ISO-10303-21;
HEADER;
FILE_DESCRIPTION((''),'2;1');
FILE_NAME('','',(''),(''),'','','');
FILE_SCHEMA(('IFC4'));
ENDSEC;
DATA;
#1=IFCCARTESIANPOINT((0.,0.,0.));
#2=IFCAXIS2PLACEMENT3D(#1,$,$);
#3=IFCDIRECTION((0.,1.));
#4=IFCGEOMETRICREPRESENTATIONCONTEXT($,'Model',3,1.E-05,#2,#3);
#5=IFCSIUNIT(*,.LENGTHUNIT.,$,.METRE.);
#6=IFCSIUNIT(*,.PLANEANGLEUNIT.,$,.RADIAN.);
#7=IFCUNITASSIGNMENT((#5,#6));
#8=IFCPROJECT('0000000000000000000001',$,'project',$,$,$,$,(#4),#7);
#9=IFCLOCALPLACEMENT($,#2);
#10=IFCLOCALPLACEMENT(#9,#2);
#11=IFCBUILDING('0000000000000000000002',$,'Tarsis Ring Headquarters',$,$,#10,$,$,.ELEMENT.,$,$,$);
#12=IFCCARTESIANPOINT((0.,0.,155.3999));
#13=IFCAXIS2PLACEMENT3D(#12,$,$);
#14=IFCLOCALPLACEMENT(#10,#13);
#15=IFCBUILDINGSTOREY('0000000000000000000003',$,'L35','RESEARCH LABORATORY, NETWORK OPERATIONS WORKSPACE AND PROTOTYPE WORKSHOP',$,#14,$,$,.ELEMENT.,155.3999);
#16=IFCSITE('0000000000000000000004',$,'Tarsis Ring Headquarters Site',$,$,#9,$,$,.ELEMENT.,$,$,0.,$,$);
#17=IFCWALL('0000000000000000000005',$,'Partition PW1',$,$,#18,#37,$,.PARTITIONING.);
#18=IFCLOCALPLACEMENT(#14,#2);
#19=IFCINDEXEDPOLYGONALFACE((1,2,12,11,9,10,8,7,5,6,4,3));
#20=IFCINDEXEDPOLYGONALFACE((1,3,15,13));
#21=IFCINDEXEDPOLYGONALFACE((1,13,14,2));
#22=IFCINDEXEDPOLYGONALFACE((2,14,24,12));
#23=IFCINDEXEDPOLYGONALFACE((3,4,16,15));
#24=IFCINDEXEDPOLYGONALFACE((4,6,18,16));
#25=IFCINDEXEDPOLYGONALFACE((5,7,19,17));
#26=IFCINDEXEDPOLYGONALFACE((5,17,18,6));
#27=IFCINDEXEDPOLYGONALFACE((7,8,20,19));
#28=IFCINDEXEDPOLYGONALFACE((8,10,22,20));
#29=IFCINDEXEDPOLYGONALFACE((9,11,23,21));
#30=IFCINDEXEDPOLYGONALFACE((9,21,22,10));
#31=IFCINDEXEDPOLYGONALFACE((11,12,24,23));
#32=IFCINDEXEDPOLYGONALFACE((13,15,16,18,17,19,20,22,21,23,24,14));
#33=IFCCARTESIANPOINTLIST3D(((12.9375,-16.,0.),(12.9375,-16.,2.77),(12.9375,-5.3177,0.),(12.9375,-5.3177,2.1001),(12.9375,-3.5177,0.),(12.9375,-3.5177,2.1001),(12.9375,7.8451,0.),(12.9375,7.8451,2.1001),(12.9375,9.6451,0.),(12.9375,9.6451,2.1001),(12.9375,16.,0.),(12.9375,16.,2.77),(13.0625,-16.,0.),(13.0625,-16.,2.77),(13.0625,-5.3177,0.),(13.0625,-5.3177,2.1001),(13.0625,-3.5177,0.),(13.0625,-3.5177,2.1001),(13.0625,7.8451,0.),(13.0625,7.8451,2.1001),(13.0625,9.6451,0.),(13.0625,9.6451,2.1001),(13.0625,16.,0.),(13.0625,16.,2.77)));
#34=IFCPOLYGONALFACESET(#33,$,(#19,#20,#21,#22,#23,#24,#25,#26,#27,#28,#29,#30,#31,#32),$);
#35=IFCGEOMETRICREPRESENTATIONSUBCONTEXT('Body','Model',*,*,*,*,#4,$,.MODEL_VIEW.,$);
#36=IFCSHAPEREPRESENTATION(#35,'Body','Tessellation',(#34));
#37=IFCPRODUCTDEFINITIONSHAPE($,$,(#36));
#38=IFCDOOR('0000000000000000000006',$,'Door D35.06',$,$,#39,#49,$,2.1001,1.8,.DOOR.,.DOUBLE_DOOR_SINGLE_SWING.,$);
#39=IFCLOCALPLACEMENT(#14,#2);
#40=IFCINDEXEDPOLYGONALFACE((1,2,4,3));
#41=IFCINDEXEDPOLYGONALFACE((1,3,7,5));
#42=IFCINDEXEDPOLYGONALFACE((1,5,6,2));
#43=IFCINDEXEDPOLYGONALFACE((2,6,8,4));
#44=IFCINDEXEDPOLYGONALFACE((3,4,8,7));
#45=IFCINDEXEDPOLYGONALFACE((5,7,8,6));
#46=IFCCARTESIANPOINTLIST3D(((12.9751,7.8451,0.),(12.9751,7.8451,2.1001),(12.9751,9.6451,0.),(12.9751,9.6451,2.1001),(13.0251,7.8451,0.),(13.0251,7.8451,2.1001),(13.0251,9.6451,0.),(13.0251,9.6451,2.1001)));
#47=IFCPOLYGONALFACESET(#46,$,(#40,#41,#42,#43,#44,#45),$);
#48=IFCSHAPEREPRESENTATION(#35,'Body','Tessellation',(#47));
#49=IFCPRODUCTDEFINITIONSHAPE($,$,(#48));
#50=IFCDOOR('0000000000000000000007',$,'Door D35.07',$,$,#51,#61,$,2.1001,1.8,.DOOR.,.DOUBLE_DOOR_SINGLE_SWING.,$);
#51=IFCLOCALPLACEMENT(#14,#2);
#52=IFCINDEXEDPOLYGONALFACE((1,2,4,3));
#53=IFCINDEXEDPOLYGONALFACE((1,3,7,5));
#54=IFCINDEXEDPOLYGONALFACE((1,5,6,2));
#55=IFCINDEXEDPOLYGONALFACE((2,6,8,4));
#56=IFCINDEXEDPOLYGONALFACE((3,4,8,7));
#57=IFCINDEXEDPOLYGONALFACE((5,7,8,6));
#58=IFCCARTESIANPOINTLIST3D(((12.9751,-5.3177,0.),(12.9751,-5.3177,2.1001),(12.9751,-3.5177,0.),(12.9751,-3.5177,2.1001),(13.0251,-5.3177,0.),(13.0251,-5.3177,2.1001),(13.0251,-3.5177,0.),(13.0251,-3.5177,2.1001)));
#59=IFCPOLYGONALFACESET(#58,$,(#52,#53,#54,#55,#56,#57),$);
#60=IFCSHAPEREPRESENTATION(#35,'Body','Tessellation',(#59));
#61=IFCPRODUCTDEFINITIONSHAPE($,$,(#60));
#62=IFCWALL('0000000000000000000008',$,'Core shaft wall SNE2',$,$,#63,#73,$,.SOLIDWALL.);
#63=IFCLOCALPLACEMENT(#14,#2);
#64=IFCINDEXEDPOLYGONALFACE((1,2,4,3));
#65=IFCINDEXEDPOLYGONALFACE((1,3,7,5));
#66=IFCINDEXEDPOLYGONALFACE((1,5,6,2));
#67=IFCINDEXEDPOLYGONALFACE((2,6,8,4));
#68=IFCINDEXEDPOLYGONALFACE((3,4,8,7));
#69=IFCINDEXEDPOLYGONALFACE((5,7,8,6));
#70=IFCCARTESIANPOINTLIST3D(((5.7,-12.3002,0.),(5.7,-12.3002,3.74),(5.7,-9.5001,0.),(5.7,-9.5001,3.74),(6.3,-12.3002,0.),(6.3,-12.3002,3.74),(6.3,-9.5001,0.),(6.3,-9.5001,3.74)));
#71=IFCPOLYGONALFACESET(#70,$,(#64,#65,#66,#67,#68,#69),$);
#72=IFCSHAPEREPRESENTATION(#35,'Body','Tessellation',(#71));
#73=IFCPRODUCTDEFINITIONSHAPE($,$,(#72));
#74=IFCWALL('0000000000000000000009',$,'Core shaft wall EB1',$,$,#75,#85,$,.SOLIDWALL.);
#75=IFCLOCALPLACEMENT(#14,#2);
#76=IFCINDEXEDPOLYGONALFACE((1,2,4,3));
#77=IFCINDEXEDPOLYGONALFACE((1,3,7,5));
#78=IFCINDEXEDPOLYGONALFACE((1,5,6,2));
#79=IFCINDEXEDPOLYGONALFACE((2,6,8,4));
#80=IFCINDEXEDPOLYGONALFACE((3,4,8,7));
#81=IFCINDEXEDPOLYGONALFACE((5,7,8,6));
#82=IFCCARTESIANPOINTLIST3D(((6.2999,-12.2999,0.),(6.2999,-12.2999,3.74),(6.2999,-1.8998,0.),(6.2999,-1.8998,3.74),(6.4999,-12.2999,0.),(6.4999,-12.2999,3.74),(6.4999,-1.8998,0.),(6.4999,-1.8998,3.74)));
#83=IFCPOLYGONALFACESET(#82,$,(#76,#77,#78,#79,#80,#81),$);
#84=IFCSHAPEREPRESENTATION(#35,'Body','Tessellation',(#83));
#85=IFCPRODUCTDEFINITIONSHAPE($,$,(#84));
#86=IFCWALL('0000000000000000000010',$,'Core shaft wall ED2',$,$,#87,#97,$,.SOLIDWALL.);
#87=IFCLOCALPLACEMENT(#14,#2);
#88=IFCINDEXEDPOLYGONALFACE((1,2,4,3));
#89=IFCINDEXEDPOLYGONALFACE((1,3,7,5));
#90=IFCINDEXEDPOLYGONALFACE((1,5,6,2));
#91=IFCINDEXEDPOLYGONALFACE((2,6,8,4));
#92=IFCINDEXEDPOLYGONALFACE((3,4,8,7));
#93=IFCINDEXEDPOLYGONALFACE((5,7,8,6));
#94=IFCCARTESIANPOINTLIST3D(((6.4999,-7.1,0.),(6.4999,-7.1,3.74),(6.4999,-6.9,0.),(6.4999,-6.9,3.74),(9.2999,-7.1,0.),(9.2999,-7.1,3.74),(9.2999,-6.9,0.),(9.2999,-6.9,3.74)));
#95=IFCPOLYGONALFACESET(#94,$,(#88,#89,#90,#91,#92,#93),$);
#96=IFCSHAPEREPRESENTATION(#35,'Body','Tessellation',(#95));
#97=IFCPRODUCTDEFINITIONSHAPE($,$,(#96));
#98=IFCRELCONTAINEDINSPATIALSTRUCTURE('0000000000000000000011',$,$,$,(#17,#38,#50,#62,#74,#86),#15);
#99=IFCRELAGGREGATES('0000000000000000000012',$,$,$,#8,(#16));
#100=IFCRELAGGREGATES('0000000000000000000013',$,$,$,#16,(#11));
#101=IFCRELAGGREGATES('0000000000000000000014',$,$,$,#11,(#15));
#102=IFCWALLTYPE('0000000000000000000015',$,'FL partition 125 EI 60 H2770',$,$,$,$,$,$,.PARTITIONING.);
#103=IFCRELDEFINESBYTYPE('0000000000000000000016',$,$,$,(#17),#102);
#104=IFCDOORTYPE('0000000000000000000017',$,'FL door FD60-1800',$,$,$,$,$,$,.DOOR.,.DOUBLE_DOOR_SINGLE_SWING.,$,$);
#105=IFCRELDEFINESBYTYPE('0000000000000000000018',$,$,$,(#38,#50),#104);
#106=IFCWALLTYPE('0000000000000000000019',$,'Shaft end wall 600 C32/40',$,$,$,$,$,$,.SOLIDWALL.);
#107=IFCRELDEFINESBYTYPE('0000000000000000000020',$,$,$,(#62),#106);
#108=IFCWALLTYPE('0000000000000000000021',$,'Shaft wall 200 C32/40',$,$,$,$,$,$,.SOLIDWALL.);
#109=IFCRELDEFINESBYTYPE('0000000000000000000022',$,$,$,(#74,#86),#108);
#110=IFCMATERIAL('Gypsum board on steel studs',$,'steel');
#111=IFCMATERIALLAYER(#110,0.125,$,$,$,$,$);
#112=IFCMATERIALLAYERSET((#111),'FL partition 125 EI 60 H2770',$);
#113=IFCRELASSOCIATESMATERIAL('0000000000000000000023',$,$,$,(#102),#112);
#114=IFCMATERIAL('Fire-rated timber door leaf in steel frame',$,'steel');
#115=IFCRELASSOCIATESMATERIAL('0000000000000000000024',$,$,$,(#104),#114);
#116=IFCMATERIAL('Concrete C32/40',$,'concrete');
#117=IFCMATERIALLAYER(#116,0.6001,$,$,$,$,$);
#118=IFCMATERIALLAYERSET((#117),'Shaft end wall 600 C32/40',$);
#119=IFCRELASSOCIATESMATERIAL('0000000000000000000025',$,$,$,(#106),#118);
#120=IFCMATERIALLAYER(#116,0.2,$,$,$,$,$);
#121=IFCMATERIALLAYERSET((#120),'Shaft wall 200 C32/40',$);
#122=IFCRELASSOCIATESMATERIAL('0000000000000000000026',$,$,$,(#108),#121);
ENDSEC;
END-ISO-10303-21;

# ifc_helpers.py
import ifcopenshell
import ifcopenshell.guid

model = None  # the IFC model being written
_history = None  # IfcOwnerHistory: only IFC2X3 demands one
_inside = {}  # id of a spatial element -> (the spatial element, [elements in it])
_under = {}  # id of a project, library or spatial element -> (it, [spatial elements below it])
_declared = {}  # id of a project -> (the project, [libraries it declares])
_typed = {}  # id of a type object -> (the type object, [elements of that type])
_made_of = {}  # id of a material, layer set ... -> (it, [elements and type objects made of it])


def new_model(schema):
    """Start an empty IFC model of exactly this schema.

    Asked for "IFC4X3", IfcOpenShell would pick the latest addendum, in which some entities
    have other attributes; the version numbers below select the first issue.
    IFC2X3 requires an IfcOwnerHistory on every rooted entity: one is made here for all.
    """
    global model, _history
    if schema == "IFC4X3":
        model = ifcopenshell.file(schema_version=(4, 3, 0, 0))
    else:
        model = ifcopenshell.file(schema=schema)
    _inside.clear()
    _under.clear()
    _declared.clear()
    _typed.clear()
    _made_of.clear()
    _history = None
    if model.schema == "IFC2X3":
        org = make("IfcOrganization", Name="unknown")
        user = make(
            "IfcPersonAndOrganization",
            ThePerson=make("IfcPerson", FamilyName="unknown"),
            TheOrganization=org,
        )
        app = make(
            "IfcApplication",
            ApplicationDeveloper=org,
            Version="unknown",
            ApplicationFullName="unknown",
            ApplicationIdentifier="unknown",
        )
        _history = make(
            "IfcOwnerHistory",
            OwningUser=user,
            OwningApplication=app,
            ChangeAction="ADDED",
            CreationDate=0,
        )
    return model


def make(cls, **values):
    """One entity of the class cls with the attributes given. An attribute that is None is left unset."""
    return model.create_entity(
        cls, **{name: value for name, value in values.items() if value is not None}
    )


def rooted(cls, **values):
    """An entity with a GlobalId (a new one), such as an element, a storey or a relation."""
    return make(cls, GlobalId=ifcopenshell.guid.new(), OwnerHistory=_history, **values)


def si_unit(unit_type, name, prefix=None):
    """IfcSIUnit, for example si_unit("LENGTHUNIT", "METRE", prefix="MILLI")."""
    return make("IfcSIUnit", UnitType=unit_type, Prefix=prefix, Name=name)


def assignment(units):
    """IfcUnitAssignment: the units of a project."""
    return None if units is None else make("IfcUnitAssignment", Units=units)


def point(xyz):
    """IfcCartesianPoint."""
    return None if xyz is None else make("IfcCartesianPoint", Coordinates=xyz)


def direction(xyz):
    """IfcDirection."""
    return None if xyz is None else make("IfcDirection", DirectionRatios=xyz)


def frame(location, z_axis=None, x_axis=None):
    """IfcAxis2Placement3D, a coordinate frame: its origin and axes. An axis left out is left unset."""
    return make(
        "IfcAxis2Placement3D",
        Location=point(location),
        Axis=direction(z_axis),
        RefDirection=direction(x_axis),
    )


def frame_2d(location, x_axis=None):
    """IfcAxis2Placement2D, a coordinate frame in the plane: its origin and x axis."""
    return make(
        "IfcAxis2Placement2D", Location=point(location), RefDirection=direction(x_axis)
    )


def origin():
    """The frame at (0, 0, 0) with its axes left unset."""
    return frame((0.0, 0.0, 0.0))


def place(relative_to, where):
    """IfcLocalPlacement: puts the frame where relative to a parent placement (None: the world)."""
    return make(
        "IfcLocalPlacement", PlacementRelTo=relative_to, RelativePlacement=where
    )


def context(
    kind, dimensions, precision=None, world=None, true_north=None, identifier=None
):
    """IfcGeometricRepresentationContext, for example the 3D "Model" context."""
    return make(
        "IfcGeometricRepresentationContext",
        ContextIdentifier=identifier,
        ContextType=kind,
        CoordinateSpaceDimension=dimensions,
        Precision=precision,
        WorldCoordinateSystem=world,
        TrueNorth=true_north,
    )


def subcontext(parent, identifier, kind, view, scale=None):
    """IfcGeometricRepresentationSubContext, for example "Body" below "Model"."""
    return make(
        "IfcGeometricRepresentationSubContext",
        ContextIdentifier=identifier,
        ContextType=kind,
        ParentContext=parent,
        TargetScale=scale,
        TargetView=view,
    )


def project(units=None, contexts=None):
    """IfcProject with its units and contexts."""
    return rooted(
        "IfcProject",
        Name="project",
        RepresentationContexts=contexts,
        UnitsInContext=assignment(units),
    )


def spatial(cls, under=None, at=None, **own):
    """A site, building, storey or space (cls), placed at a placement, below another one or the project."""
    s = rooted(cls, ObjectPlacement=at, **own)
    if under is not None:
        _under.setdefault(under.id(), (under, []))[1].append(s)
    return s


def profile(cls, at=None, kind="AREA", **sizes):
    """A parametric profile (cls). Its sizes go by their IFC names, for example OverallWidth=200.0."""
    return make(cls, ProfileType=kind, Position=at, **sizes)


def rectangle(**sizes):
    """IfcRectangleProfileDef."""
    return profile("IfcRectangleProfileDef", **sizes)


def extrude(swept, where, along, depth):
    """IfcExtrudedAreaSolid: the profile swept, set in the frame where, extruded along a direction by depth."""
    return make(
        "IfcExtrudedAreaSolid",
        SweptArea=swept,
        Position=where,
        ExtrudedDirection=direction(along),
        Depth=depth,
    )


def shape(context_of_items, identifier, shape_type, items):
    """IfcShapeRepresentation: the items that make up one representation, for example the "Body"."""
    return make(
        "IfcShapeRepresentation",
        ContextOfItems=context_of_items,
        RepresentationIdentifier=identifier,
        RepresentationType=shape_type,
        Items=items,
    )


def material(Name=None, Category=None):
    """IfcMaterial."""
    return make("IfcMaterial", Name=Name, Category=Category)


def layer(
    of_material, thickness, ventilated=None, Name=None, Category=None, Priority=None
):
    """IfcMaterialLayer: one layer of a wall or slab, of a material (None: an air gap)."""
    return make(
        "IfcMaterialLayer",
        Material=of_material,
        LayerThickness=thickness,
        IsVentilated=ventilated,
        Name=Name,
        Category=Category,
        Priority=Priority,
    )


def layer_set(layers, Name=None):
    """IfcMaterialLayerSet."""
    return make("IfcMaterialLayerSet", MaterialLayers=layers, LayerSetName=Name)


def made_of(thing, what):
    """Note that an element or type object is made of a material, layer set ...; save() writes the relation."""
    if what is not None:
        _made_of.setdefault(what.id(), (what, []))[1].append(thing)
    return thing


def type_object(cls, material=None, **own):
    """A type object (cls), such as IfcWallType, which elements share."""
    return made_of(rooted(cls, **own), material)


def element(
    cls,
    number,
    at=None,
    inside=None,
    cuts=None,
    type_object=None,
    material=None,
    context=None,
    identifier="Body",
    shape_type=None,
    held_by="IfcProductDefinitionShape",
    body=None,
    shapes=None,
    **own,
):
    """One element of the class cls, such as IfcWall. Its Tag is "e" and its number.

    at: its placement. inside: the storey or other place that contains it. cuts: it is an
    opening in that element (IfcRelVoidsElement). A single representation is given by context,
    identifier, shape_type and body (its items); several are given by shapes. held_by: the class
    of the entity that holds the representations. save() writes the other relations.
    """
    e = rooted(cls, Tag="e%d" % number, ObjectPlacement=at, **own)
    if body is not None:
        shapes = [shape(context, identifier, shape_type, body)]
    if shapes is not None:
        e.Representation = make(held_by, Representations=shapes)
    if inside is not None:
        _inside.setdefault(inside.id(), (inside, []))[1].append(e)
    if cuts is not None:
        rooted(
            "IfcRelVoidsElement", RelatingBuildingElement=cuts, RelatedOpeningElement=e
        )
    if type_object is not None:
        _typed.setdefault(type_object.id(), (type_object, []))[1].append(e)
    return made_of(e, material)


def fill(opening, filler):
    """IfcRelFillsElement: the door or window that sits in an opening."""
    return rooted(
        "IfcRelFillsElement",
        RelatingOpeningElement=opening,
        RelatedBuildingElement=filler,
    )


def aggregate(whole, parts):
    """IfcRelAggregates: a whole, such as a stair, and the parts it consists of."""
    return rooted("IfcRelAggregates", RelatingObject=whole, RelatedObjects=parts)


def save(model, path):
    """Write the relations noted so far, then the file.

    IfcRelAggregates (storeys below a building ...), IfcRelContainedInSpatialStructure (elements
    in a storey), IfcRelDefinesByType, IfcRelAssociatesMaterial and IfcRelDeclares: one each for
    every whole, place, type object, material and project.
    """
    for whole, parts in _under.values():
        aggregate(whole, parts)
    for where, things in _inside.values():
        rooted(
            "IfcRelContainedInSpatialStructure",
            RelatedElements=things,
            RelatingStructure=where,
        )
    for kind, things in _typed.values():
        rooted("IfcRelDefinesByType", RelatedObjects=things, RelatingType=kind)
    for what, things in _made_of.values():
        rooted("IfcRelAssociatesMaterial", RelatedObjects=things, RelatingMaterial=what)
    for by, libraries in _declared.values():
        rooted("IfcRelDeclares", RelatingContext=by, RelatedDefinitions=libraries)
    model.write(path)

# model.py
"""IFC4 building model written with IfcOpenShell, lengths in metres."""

from ifc_helpers import new_model, si_unit, direction, frame, frame_2d, origin, place, context, subcontext, project, spatial, rectangle, extrude, material, layer, layer_set, type_object, element, fill, save


model = new_model("IFC4")

# Units and contexts
model_context = context("Model", 3, precision=1e-05, world=origin(), true_north=direction((0.0, 1.0)))
body_context = subcontext(model_context, "Body", "Model", "MODEL_VIEW")
ifc_project = project(units=[si_unit("LENGTHUNIT", "METRE"), si_unit("PLANEANGLEUNIT", "RADIAN")], contexts=[model_context])

# Site, building, storey
site_placement = place(None, origin())
site = spatial("IfcSite", under=ifc_project, at=site_placement, Name="Tarsis Ring Headquarters Site", CompositionType="ELEMENT", RefElevation=0.0)
building_placement = place(site_placement, origin())
building = spatial("IfcBuilding", under=site, at=building_placement, Name="Tarsis Ring Headquarters", CompositionType="ELEMENT")
storey_placement = place(building_placement, frame((0.0, 0.0, 155.3999)))
storey = spatial("IfcBuildingStorey", under=building, at=storey_placement, Name="L35", Description="RESEARCH LABORATORY, NETWORK OPERATIONS WORKSPACE AND PROTOTYPE WORKSHOP", CompositionType="ELEMENT", Elevation=155.3999)

# Shared definitions
ifc_material_1 = material(Name="Gypsum board on steel studs", Category="steel")

# Wall, openings, doors
ifc_layer_1 = layer(ifc_material_1, 0.125)
ifc_layer_set_1 = layer_set([ifc_layer_1], Name="FL partition 125 EI 60 H2770")
wall_type_1 = type_object("IfcWallType", Name="FL partition 125 EI 60 H2770", PredefinedType="PARTITIONING", material=ifc_layer_set_1)
wall_1_placement = place(storey_placement, frame((13.0, -16.0, 0.0), z_axis=(0.0, 0.0, 1.0), x_axis=(0.0, 1.0, 0.0)))
wall_1 = element("IfcWall", 1, at=wall_1_placement, inside=storey, type_object=wall_type_1, Name="Partition PW1", PredefinedType="PARTITIONING", context=body_context, shape_type="SweptSolid", body=[
    extrude(rectangle(XDim=32.0, YDim=0.125, at=frame_2d((16.0, 0.0))), origin(), (0.0, 0.0, 1.0), 2.77),
])
opening_1_placement = place(wall_1_placement, frame((23.8452, 0.0, 0.0)))
opening_1 = element("IfcOpeningElement", 2, at=opening_1_placement, cuts=wall_1, PredefinedType="OPENING", context=body_context, shape_type="SweptSolid", body=[
    extrude(rectangle(XDim=1.8, YDim=2.1001, at=frame_2d((0.8999, 1.05))), frame((0.0, 0.0725, 0.0), z_axis=(0.0, -1.0, 0.0), x_axis=(1.0, 0.0, 0.0)), (0.0, 0.0, 1.0), 0.145),
])
opening_2_placement = place(wall_1_placement, frame((10.6824, 0.0, 0.0)))
opening_2 = element("IfcOpeningElement", 3, at=opening_2_placement, cuts=wall_1, PredefinedType="OPENING", context=body_context, shape_type="SweptSolid", body=[
    extrude(rectangle(XDim=1.8, YDim=2.1001, at=frame_2d((0.8999, 1.05))), frame((0.0, 0.0725, 0.0), z_axis=(0.0, -1.0, 0.0), x_axis=(1.0, 0.0, 0.0)), (0.0, 0.0, 1.0), 0.145),
])
ifc_material_2 = material(Name="Fire-rated timber door leaf in steel frame", Category="steel")
door_type_1 = type_object("IfcDoorType", Name="FL door FD60-1800", OperationType="DOUBLE_DOOR_SINGLE_SWING", PredefinedType="DOOR", material=ifc_material_2)
door_1_placement = place(opening_1_placement, origin())
door_1 = element("IfcDoor", 4, at=door_1_placement, inside=storey, type_object=door_type_1, Name="Door D35.06", OperationType="DOUBLE_DOOR_SINGLE_SWING", OverallHeight=2.1001, OverallWidth=1.8, PredefinedType="DOOR", context=body_context, shape_type="SweptSolid", body=[
    extrude(rectangle(XDim=1.8, YDim=2.1001, at=frame_2d((0.8999, 1.05))), frame((0.0, 0.0249, 0.0), z_axis=(0.0, -1.0, 0.0), x_axis=(1.0, 0.0, 0.0)), (0.0, 0.0, 1.0), 0.05),
])
fill(opening_1, door_1)
door_2_placement = place(opening_2_placement, origin())
door_2 = element("IfcDoor", 5, at=door_2_placement, inside=storey, type_object=door_type_1, Name="Door D35.07", OperationType="DOUBLE_DOOR_SINGLE_SWING", OverallHeight=2.1001, OverallWidth=1.8, PredefinedType="DOOR", context=body_context, shape_type="SweptSolid", body=[
    extrude(rectangle(XDim=1.8, YDim=2.1001, at=frame_2d((0.8999, 1.05))), frame((0.0, 0.0249, 0.0), z_axis=(0.0, -1.0, 0.0), x_axis=(1.0, 0.0, 0.0)), (0.0, 0.0, 1.0), 0.05),
])
fill(opening_2, door_2)

# Walls
ifc_material_3 = material(Name="Concrete C32/40", Category="concrete")
ifc_layer_2 = layer(ifc_material_3, 0.6001)
ifc_layer_set_2 = layer_set([ifc_layer_2], Name="Shaft end wall 600 C32/40")
wall_type_2 = type_object("IfcWallType", Name="Shaft end wall 600 C32/40", PredefinedType="SOLIDWALL", material=ifc_layer_set_2)
wall_2_placement = place(storey_placement, frame((6.0, -12.3, 0.0), z_axis=(0.0, 0.0, 1.0), x_axis=(0.0, 1.0, 0.0)))
element("IfcWall", 6, at=wall_2_placement, inside=storey, type_object=wall_type_2, Name="Core shaft wall SNE2", PredefinedType="SOLIDWALL", context=body_context, shape_type="SweptSolid", body=[
    extrude(rectangle(XDim=2.8, YDim=0.6001, at=frame_2d((1.3999, 0.0))), origin(), (0.0, 0.0, 1.0), 3.74),
])
ifc_layer_3 = layer(ifc_material_3, 0.2)
ifc_layer_set_3 = layer_set([ifc_layer_3], Name="Shaft wall 200 C32/40")
wall_type_3 = type_object("IfcWallType", Name="Shaft wall 200 C32/40", PredefinedType="SOLIDWALL", material=ifc_layer_set_3)
wall_3_placement = place(storey_placement, frame((6.3999, -12.3, 0.0), z_axis=(0.0, 0.0, 1.0), x_axis=(0.0, 1.0, 0.0)))
element("IfcWall", 7, at=wall_3_placement, inside=storey, type_object=wall_type_3, Name="Core shaft wall EB1", PredefinedType="SOLIDWALL", context=body_context, shape_type="SweptSolid", body=[
    extrude(rectangle(XDim=10.4001, YDim=0.2, at=frame_2d((5.2002, 0.0))), origin(), (0.0, 0.0, 1.0), 3.74),
])
wall_4_placement = place(storey_placement, frame((6.5, -7.0, 0.0), z_axis=(0.0, 0.0, 1.0), x_axis=(1.0, 0.0, 0.0)))
element("IfcWall", 8, at=wall_4_placement, inside=storey, type_object=wall_type_3, Name="Core shaft wall ED2", PredefinedType="SOLIDWALL", context=body_context, shape_type="SweptSolid", body=[
    extrude(rectangle(XDim=2.8, YDim=0.2, at=frame_2d((1.3999, 0.0))), origin(), (0.0, 0.0, 1.0), 3.74),
])

save(model, "model.ifc")
